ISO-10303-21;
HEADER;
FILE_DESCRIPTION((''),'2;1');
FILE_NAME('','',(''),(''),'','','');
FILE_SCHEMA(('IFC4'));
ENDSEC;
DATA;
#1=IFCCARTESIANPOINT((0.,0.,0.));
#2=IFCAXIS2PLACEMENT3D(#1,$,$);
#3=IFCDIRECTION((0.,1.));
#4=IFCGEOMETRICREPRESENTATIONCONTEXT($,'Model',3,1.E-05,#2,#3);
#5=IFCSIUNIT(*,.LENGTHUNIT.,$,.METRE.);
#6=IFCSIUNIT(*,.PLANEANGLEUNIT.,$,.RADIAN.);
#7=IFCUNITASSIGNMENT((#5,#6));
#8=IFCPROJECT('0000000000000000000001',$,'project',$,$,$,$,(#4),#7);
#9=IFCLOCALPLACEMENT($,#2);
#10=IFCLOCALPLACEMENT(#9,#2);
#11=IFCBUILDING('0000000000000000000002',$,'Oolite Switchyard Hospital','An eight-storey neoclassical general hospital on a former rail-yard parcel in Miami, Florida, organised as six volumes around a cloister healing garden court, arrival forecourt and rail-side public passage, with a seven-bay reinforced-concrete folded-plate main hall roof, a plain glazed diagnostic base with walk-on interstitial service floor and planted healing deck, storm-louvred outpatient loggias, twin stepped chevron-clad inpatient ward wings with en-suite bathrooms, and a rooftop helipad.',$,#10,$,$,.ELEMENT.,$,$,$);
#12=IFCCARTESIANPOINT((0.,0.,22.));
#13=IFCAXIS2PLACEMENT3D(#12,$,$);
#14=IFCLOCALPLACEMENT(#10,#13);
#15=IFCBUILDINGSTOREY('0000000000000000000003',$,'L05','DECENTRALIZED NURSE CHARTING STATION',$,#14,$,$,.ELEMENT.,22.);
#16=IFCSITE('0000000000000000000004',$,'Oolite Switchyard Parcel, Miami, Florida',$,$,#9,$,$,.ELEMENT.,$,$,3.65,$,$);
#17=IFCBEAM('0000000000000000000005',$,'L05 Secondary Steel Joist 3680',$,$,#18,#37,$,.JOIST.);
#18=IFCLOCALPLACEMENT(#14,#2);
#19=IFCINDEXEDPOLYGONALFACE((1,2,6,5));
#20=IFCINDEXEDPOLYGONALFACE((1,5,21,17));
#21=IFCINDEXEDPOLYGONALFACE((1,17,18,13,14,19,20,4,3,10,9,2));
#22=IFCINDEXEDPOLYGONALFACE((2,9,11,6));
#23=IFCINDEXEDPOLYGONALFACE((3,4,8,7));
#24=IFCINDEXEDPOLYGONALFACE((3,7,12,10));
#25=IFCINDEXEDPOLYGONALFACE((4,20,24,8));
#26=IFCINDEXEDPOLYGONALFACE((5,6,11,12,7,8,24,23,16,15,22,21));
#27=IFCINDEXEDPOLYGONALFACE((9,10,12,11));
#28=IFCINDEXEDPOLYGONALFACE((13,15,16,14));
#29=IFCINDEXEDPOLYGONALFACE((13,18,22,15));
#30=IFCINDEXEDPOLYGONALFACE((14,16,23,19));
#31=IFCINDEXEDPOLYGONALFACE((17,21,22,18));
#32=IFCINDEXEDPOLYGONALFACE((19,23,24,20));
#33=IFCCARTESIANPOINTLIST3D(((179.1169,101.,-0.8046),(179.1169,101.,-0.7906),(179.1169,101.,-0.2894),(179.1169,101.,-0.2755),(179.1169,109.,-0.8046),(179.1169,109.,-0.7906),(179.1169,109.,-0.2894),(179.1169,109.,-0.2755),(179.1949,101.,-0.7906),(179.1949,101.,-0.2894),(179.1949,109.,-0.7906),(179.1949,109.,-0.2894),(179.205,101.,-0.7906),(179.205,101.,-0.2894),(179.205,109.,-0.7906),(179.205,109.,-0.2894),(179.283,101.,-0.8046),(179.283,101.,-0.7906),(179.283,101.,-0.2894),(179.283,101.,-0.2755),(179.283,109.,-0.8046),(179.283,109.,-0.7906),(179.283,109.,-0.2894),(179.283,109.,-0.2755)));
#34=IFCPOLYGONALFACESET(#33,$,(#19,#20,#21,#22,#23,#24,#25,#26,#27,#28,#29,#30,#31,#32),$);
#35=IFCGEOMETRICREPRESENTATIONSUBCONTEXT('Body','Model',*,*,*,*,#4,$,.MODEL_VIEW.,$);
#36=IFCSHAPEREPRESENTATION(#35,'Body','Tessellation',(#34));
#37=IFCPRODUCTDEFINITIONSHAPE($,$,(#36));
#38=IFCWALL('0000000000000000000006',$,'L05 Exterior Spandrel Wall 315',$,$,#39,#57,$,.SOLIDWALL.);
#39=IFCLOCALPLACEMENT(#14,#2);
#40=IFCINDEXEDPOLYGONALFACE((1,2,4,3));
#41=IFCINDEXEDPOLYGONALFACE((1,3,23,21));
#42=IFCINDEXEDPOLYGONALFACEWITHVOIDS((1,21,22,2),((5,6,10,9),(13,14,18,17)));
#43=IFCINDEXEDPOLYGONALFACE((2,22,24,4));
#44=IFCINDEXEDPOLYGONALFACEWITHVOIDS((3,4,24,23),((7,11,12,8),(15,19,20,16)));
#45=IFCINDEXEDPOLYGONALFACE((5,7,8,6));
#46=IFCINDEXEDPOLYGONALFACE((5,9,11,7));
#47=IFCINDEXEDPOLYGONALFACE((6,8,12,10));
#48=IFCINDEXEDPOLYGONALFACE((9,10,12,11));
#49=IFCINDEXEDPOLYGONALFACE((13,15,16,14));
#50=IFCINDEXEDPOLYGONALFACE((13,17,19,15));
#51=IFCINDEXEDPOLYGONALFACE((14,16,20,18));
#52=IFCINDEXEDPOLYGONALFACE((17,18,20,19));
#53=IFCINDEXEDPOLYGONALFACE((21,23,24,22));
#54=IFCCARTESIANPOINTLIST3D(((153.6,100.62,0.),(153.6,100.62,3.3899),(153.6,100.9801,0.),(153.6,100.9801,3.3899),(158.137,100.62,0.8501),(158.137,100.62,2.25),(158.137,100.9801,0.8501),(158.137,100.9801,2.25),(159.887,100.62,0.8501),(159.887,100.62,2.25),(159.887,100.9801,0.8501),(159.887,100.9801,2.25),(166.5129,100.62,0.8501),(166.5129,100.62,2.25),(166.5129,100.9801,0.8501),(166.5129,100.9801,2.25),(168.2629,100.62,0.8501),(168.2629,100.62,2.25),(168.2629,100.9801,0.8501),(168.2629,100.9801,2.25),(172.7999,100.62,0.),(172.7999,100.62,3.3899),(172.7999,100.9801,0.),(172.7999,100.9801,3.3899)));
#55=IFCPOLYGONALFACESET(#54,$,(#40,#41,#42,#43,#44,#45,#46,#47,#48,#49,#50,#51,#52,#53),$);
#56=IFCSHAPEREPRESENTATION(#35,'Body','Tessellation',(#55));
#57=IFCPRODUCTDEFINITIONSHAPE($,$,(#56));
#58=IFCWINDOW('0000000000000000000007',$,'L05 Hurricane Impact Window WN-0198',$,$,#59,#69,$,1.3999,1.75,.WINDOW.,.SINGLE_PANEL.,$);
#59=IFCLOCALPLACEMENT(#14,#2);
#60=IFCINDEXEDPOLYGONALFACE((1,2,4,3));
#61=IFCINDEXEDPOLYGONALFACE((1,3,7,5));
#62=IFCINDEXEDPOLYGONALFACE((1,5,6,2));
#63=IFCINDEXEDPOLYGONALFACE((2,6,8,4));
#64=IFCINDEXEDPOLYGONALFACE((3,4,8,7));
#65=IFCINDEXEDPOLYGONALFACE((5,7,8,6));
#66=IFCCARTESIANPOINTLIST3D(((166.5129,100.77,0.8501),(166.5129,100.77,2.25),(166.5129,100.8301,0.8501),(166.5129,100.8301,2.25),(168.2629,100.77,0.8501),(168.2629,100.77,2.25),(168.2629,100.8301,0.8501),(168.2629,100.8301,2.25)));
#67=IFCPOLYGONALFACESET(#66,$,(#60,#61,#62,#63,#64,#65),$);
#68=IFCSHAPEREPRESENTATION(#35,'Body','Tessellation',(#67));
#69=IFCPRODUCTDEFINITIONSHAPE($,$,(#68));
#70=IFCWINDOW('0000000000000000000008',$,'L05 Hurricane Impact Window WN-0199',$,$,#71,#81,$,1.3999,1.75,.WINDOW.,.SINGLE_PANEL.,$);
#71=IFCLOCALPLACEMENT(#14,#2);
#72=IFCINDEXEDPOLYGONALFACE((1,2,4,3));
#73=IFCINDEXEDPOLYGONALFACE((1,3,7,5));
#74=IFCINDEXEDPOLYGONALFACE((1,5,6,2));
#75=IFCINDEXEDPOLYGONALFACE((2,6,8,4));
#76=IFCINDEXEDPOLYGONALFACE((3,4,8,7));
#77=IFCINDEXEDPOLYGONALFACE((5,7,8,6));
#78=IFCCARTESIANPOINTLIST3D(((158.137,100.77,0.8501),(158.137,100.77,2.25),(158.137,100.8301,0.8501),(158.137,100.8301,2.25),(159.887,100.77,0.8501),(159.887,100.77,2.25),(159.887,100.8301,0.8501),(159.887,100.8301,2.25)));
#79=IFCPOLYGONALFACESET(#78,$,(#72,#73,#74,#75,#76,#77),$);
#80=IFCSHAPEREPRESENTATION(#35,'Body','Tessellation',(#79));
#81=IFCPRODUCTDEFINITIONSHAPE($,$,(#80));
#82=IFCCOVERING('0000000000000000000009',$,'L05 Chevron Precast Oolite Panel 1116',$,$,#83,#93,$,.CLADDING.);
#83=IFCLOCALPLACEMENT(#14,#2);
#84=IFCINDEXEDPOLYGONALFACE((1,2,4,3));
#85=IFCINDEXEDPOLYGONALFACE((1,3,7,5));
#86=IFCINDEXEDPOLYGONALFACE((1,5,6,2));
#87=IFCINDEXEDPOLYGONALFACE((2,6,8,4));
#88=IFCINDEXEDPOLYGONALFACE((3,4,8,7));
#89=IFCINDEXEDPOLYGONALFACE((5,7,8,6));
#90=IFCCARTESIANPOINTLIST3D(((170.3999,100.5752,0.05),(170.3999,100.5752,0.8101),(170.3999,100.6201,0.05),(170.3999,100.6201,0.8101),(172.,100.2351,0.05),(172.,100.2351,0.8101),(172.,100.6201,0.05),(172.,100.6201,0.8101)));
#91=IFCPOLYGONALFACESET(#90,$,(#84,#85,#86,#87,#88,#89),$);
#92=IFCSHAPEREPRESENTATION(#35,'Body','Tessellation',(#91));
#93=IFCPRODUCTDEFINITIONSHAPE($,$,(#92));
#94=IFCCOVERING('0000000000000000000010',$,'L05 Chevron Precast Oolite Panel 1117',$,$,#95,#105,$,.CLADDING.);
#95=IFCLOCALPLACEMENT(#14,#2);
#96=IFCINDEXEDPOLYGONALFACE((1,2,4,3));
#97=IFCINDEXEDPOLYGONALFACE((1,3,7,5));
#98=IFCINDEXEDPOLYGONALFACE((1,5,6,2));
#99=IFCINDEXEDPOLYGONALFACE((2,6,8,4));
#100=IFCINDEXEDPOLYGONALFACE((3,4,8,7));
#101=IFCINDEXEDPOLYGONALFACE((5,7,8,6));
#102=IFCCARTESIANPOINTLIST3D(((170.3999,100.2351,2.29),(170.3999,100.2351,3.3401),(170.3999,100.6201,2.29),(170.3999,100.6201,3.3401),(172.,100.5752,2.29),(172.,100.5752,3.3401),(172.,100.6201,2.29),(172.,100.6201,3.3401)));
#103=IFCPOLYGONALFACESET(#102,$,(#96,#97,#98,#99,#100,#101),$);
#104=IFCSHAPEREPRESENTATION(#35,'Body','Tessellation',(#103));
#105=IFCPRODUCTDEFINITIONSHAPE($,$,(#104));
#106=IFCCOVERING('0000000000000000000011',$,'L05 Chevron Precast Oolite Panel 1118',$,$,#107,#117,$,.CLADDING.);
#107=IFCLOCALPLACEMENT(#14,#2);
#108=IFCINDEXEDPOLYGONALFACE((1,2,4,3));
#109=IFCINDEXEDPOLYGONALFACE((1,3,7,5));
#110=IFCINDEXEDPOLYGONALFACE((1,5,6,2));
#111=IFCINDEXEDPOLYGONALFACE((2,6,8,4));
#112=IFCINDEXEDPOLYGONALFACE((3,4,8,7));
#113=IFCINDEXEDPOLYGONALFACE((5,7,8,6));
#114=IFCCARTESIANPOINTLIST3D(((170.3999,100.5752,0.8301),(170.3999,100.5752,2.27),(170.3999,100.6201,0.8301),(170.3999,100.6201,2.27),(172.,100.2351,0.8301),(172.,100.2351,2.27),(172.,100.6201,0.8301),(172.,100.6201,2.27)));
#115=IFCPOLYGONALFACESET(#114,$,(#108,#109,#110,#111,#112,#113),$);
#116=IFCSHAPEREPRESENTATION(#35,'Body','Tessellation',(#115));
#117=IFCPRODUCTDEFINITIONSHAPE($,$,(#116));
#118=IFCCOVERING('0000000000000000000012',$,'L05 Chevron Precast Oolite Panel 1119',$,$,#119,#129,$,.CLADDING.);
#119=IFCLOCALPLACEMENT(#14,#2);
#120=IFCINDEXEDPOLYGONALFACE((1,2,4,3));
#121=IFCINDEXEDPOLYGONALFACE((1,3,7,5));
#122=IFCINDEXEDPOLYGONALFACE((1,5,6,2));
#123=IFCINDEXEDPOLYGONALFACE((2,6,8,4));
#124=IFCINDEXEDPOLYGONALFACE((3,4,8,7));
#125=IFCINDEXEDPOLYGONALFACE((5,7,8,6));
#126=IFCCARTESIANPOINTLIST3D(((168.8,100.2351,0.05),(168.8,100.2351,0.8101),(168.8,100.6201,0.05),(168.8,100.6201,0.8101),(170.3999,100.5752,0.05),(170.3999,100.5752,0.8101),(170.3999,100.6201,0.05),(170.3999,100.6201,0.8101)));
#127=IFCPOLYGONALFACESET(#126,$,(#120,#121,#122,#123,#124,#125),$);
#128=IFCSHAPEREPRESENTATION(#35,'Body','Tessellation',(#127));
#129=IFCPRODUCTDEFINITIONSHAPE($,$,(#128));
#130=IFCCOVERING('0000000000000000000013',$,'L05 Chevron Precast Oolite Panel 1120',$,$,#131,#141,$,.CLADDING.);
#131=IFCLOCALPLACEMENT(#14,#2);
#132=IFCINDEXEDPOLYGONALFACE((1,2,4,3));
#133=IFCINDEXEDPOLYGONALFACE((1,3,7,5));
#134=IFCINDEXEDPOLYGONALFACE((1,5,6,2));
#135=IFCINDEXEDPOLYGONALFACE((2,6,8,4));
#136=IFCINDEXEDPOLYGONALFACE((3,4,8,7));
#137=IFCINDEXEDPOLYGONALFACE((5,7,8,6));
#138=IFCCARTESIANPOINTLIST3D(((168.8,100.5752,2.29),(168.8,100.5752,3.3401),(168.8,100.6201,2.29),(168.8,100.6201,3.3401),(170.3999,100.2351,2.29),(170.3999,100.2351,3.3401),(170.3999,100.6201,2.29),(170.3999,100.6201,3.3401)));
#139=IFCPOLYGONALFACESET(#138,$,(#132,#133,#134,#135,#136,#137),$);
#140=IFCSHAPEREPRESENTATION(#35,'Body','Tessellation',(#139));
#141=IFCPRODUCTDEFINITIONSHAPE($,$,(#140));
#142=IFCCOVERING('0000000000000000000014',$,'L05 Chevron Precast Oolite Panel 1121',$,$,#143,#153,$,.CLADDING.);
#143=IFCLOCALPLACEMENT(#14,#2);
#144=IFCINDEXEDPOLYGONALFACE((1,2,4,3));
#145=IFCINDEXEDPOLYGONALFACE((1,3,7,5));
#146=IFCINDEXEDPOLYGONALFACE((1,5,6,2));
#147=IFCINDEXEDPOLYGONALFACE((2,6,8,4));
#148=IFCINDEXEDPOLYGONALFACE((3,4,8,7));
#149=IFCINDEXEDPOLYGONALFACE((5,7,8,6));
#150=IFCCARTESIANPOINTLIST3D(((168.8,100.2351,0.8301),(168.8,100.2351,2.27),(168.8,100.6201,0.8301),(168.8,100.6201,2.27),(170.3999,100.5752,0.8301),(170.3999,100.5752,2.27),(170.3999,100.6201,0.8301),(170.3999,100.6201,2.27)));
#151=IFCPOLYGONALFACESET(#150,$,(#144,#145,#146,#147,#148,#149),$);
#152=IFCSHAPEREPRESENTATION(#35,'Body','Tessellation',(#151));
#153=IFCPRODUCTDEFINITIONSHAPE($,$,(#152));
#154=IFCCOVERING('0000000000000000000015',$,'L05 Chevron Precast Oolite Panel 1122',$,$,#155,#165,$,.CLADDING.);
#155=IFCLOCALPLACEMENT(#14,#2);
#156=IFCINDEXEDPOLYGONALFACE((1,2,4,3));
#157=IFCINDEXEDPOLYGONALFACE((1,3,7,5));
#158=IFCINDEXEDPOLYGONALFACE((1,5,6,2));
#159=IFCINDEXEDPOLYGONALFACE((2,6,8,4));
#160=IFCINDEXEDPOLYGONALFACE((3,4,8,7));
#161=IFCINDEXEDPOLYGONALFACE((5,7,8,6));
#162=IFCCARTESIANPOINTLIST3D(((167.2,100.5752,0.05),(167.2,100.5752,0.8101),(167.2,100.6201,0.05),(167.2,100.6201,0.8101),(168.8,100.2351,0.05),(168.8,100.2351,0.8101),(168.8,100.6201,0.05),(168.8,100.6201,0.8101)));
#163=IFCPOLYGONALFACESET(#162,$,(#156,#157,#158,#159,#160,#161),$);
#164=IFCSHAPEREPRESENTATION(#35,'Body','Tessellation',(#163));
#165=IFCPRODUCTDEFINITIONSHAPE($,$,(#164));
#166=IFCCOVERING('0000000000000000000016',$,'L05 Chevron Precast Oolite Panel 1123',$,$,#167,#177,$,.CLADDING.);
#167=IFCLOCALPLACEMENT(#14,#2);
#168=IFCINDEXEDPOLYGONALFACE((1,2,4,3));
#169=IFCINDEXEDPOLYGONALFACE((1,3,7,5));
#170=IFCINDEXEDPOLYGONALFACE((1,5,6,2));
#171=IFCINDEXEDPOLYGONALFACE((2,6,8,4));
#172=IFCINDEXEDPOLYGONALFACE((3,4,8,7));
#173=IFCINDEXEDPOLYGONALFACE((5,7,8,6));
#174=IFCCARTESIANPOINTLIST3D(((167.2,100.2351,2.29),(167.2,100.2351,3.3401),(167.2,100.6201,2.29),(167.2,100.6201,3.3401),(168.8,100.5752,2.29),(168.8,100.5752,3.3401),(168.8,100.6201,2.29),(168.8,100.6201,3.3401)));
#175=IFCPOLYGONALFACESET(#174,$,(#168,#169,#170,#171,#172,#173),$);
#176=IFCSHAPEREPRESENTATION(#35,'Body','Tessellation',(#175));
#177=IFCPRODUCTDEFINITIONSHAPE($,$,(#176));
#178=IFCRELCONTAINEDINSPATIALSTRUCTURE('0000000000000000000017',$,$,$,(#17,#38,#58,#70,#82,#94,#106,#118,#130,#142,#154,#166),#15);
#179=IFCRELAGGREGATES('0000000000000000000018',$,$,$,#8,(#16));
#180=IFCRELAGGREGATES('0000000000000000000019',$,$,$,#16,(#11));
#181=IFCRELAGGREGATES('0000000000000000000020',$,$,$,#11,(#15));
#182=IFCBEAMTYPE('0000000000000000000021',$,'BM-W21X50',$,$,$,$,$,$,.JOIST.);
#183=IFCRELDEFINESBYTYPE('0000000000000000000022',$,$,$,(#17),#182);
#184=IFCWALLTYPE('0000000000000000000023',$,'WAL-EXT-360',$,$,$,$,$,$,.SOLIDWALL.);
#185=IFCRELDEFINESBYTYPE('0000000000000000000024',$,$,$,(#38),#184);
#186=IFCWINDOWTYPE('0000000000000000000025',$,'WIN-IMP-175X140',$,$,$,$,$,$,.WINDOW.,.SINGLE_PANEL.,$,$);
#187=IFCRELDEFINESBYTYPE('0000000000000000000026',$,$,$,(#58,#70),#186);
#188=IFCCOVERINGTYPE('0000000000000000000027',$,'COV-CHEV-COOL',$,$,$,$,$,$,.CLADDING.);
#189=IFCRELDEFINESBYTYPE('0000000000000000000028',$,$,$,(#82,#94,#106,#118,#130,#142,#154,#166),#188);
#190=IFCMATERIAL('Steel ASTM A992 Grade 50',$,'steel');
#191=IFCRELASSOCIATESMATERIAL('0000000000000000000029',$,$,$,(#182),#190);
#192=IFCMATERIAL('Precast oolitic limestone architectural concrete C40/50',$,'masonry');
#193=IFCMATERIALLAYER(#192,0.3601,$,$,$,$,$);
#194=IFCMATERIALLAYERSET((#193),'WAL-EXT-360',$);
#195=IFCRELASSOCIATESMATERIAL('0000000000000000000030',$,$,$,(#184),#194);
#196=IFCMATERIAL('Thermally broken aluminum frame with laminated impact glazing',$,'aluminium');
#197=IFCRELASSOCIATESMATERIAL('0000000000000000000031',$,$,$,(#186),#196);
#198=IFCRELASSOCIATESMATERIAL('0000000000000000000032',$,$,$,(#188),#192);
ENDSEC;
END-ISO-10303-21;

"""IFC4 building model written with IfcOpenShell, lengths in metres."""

from ifc_helpers import new_model, si_unit, direction, frame, frame_2d, origin, origin_2d, place, context, subcontext, project, spatial, polyline, rectangle, i_section, outline, extrude, material, layer, layer_set, material_profile, profile_set, type_object, element, fill, save


model = new_model("IFC4")

# Units and contexts
model_context = context("Model", 3, precision=1e-05, world=origin(), true_north=direction((0.0, 1.0)))
body_context = subcontext(model_context, "Body", "Model", "MODEL_VIEW")
ifc_project = project(units=[si_unit("LENGTHUNIT", "METRE"), si_unit("PLANEANGLEUNIT", "RADIAN")], contexts=[model_context])

# Site, building, storey
site_placement = place(None, origin())
site = spatial("IfcSite", under=ifc_project, at=site_placement, Name="Oolite Switchyard Parcel, Miami, Florida", CompositionType="ELEMENT", RefElevation=3.65)
building_placement = place(site_placement, origin())
building = spatial("IfcBuilding", under=site, at=building_placement, Name="Oolite Switchyard Hospital", Description="An eight-storey neoclassical general hospital on a former rail-yard parcel in Miami, Florida, organised as six volumes around a cloister healing garden court, arrival forecourt and rail-side public passage, with a seven-bay reinforced-concrete folded-plate main hall roof, a plain glazed diagnostic base with walk-on interstitial service floor and planted healing deck, storm-louvred outpatient loggias, twin stepped chevron-clad inpatient ward wings with en-suite bathrooms, and a rooftop helipad.", CompositionType="ELEMENT")
storey_placement = place(building_placement, frame((0.0, 0.0, 22.0)))
storey = spatial("IfcBuildingStorey", under=building, at=storey_placement, Name="L05", Description="DECENTRALIZED NURSE CHARTING STATION", CompositionType="ELEMENT", Elevation=22.0)

# Beam
ifc_material_1 = material(Name="Steel ASTM A992 Grade 50", Category="steel")
ifc_material_profile_1 = material_profile(ifc_material_1, i_section(OverallWidth=0.166, OverallDepth=0.5291, WebThickness=0.01, FlangeThickness=0.0139, at=origin_2d()), Name="W21X50")
ifc_profile_set_1 = profile_set([ifc_material_profile_1], Name="Steel ASTM A992 Grade 50")
beam_type_1 = type_object("IfcBeamType", Name="BM-W21X50", PredefinedType="JOIST", material=ifc_profile_set_1)
beam_1_placement = place(storey_placement, frame((179.2, 101.0, -0.54), z_axis=(0.0, 1.0, 0.0), x_axis=(-1.0, 0.0, 0.0)))
element("IfcBeam", 1, at=beam_1_placement, inside=storey, type_object=beam_type_1, Name="L05 Secondary Steel Joist 3680", PredefinedType="JOIST", context=body_context, shape_type="SweptSolid", body=[
    extrude(i_section(OverallWidth=0.166, OverallDepth=0.5291, WebThickness=0.01, FlangeThickness=0.0139, at=origin_2d()), origin(), (0.0, 0.0, 1.0), 8.0),
])

# Wall, openings, windows
ifc_material_2 = material(Name="Precast oolitic limestone architectural concrete C40/50", Category="masonry")
ifc_layer = layer(ifc_material_2, 0.3601)
ifc_layer_set = layer_set([ifc_layer], Name="WAL-EXT-360")
wall_type = type_object("IfcWallType", Name="WAL-EXT-360", PredefinedType="SOLIDWALL", material=ifc_layer_set)
wall_placement = place(storey_placement, frame((172.8, 100.8, 0.0), z_axis=(0.0, 0.0, 1.0), x_axis=(-1.0, 0.0, 0.0)))
wall = element("IfcWall", 2, at=wall_placement, inside=storey, type_object=wall_type, Name="L05 Exterior Spandrel Wall 315", PredefinedType="SOLIDWALL", context=body_context, shape_type="SweptSolid", body=[
    extrude(rectangle(XDim=19.2, YDim=0.3601, at=frame_2d((9.6001, 0.0))), origin(), (0.0, 0.0, 1.0), 3.3899),
])
opening_1_placement = place(wall_placement, frame((4.5371, 0.0, 0.8501)))
opening_1 = element("IfcOpeningElement", 3, at=opening_1_placement, cuts=wall, PredefinedType="OPENING", context=body_context, shape_type="SweptSolid", body=[
    extrude(rectangle(XDim=1.75, YDim=1.3999, at=frame_2d((0.875, 0.7))), frame((0.0, 0.1899, 0.0), z_axis=(0.0, -1.0, 0.0), x_axis=(1.0, 0.0, 0.0)), (0.0, 0.0, 1.0), 0.3801),
])
opening_2_placement = place(wall_placement, frame((12.9131, 0.0, 0.8501)))
opening_2 = element("IfcOpeningElement", 4, at=opening_2_placement, cuts=wall, PredefinedType="OPENING", context=body_context, shape_type="SweptSolid", body=[
    extrude(rectangle(XDim=1.75, YDim=1.3999, at=frame_2d((0.875, 0.7))), frame((0.0, 0.1899, 0.0), z_axis=(0.0, -1.0, 0.0), x_axis=(1.0, 0.0, 0.0)), (0.0, 0.0, 1.0), 0.3801),
])
ifc_material_3 = material(Name="Thermally broken aluminum frame with laminated impact glazing", Category="aluminium")
window_type = type_object("IfcWindowType", Name="WIN-IMP-175X140", PartitioningType="SINGLE_PANEL", PredefinedType="WINDOW", material=ifc_material_3)
window_1_placement = place(opening_1_placement, origin())
window_1 = element("IfcWindow", 5, at=window_1_placement, inside=storey, type_object=window_type, Name="L05 Hurricane Impact Window WN-0198", OverallHeight=1.3999, OverallWidth=1.75, PartitioningType="SINGLE_PANEL", PredefinedType="WINDOW", context=body_context, shape_type="SweptSolid", body=[
    extrude(rectangle(XDim=1.75, YDim=1.3999, at=frame_2d((0.875, 0.7))), frame((0.0, 0.03, 0.0), z_axis=(0.0, -1.0, 0.0), x_axis=(1.0, 0.0, 0.0)), (0.0, 0.0, 1.0), 0.0601),
])
fill(opening_1, window_1)
window_2_placement = place(opening_2_placement, origin())
window_2 = element("IfcWindow", 6, at=window_2_placement, inside=storey, type_object=window_type, Name="L05 Hurricane Impact Window WN-0199", OverallHeight=1.3999, OverallWidth=1.75, PartitioningType="SINGLE_PANEL", PredefinedType="WINDOW", context=body_context, shape_type="SweptSolid", body=[
    extrude(rectangle(XDim=1.75, YDim=1.3999, at=frame_2d((0.875, 0.7))), frame((0.0, 0.03, 0.0), z_axis=(0.0, -1.0, 0.0), x_axis=(1.0, 0.0, 0.0)), (0.0, 0.0, 1.0), 0.0601),
])
fill(opening_2, window_2)

# Coverings
covering_type = type_object("IfcCoveringType", Name="COV-CHEV-COOL", PredefinedType="CLADDING", material=ifc_material_2)
covering_1_placement = place(storey_placement, frame((172.0, 100.6201, 0.05), z_axis=(0.0, 0.0, 1.0), x_axis=(-1.0, 0.0, 0.0)))
element("IfcCovering", 7, at=covering_1_placement, inside=storey, type_object=covering_type, Name="L05 Chevron Precast Oolite Panel 1116", PredefinedType="CLADDING", context=body_context, shape_type="SweptSolid", body=[
    extrude(outline(polyline([(0.0, 0.0), (1.6001, 0.0), (1.6001, 0.0449), (0.0, 0.385), (0.0, 0.0)])), origin(), (0.0, 0.0, 1.0), 0.76),
])
covering_2_placement = place(storey_placement, frame((172.0, 100.6201, 2.29), z_axis=(0.0, 0.0, 1.0), x_axis=(-1.0, 0.0, 0.0)))
element("IfcCovering", 8, at=covering_2_placement, inside=storey, type_object=covering_type, Name="L05 Chevron Precast Oolite Panel 1117", PredefinedType="CLADDING", context=body_context, shape_type="SweptSolid", body=[
    extrude(outline(polyline([(0.0, 0.0), (1.6001, 0.0), (1.6001, 0.385), (0.0, 0.0449), (0.0, 0.0)])), origin(), (0.0, 0.0, 1.0), 1.05),
])
covering_3_placement = place(storey_placement, frame((172.0, 100.6201, 0.8301), z_axis=(0.0, 0.0, 1.0), x_axis=(-1.0, 0.0, 0.0)))
element("IfcCovering", 9, at=covering_3_placement, inside=storey, type_object=covering_type, Name="L05 Chevron Precast Oolite Panel 1118", PredefinedType="CLADDING", context=body_context, shape_type="SweptSolid", body=[
    extrude(outline(polyline([(0.0, 0.0), (1.6001, 0.0), (1.6001, 0.0449), (0.0, 0.385), (0.0, 0.0)])), origin(), (0.0, 0.0, 1.0), 1.4399),
])
covering_4_placement = place(storey_placement, frame((170.3999, 100.6201, 0.05), z_axis=(0.0, 0.0, 1.0), x_axis=(-1.0, 0.0, 0.0)))
element("IfcCovering", 10, at=covering_4_placement, inside=storey, type_object=covering_type, Name="L05 Chevron Precast Oolite Panel 1119", PredefinedType="CLADDING", context=body_context, shape_type="SweptSolid", body=[
    extrude(outline(polyline([(0.0, 0.0), (1.5999, 0.0), (1.5999, 0.385), (0.0, 0.0449), (0.0, 0.0)])), origin(), (0.0, 0.0, 1.0), 0.76),
])
covering_5_placement = place(storey_placement, frame((170.3999, 100.6201, 2.29), z_axis=(0.0, 0.0, 1.0), x_axis=(-1.0, 0.0, 0.0)))
element("IfcCovering", 11, at=covering_5_placement, inside=storey, type_object=covering_type, Name="L05 Chevron Precast Oolite Panel 1120", PredefinedType="CLADDING", context=body_context, shape_type="SweptSolid", body=[
    extrude(outline(polyline([(0.0, 0.0), (1.5999, 0.0), (1.5999, 0.0449), (0.0, 0.385), (0.0, 0.0)])), origin(), (0.0, 0.0, 1.0), 1.05),
])
covering_6_placement = place(storey_placement, frame((170.3999, 100.6201, 0.8301), z_axis=(0.0, 0.0, 1.0), x_axis=(-1.0, 0.0, 0.0)))
element("IfcCovering", 12, at=covering_6_placement, inside=storey, type_object=covering_type, Name="L05 Chevron Precast Oolite Panel 1121", PredefinedType="CLADDING", context=body_context, shape_type="SweptSolid", body=[
    extrude(outline(polyline([(0.0, 0.0), (1.5999, 0.0), (1.5999, 0.385), (0.0, 0.0449), (0.0, 0.0)])), origin(), (0.0, 0.0, 1.0), 1.4399),
])
covering_7_placement = place(storey_placement, frame((168.8, 100.6201, 0.05), z_axis=(0.0, 0.0, 1.0), x_axis=(-1.0, 0.0, 0.0)))
element("IfcCovering", 13, at=covering_7_placement, inside=storey, type_object=covering_type, Name="L05 Chevron Precast Oolite Panel 1122", PredefinedType="CLADDING", context=body_context, shape_type="SweptSolid", body=[
    extrude(outline(polyline([(0.0, 0.0), (1.6001, 0.0), (1.6001, 0.0449), (0.0, 0.385), (0.0, 0.0)])), origin(), (0.0, 0.0, 1.0), 0.76),
])
covering_8_placement = place(storey_placement, frame((168.8, 100.6201, 2.29), z_axis=(0.0, 0.0, 1.0), x_axis=(-1.0, 0.0, 0.0)))
element("IfcCovering", 14, at=covering_8_placement, inside=storey, type_object=covering_type, Name="L05 Chevron Precast Oolite Panel 1123", PredefinedType="CLADDING", context=body_context, shape_type="SweptSolid", body=[
    extrude(outline(polyline([(0.0, 0.0), (1.6001, 0.0), (1.6001, 0.385), (0.0, 0.0449), (0.0, 0.0)])), origin(), (0.0, 0.0, 1.0), 1.05),
])

save(model, "model.ifc")
